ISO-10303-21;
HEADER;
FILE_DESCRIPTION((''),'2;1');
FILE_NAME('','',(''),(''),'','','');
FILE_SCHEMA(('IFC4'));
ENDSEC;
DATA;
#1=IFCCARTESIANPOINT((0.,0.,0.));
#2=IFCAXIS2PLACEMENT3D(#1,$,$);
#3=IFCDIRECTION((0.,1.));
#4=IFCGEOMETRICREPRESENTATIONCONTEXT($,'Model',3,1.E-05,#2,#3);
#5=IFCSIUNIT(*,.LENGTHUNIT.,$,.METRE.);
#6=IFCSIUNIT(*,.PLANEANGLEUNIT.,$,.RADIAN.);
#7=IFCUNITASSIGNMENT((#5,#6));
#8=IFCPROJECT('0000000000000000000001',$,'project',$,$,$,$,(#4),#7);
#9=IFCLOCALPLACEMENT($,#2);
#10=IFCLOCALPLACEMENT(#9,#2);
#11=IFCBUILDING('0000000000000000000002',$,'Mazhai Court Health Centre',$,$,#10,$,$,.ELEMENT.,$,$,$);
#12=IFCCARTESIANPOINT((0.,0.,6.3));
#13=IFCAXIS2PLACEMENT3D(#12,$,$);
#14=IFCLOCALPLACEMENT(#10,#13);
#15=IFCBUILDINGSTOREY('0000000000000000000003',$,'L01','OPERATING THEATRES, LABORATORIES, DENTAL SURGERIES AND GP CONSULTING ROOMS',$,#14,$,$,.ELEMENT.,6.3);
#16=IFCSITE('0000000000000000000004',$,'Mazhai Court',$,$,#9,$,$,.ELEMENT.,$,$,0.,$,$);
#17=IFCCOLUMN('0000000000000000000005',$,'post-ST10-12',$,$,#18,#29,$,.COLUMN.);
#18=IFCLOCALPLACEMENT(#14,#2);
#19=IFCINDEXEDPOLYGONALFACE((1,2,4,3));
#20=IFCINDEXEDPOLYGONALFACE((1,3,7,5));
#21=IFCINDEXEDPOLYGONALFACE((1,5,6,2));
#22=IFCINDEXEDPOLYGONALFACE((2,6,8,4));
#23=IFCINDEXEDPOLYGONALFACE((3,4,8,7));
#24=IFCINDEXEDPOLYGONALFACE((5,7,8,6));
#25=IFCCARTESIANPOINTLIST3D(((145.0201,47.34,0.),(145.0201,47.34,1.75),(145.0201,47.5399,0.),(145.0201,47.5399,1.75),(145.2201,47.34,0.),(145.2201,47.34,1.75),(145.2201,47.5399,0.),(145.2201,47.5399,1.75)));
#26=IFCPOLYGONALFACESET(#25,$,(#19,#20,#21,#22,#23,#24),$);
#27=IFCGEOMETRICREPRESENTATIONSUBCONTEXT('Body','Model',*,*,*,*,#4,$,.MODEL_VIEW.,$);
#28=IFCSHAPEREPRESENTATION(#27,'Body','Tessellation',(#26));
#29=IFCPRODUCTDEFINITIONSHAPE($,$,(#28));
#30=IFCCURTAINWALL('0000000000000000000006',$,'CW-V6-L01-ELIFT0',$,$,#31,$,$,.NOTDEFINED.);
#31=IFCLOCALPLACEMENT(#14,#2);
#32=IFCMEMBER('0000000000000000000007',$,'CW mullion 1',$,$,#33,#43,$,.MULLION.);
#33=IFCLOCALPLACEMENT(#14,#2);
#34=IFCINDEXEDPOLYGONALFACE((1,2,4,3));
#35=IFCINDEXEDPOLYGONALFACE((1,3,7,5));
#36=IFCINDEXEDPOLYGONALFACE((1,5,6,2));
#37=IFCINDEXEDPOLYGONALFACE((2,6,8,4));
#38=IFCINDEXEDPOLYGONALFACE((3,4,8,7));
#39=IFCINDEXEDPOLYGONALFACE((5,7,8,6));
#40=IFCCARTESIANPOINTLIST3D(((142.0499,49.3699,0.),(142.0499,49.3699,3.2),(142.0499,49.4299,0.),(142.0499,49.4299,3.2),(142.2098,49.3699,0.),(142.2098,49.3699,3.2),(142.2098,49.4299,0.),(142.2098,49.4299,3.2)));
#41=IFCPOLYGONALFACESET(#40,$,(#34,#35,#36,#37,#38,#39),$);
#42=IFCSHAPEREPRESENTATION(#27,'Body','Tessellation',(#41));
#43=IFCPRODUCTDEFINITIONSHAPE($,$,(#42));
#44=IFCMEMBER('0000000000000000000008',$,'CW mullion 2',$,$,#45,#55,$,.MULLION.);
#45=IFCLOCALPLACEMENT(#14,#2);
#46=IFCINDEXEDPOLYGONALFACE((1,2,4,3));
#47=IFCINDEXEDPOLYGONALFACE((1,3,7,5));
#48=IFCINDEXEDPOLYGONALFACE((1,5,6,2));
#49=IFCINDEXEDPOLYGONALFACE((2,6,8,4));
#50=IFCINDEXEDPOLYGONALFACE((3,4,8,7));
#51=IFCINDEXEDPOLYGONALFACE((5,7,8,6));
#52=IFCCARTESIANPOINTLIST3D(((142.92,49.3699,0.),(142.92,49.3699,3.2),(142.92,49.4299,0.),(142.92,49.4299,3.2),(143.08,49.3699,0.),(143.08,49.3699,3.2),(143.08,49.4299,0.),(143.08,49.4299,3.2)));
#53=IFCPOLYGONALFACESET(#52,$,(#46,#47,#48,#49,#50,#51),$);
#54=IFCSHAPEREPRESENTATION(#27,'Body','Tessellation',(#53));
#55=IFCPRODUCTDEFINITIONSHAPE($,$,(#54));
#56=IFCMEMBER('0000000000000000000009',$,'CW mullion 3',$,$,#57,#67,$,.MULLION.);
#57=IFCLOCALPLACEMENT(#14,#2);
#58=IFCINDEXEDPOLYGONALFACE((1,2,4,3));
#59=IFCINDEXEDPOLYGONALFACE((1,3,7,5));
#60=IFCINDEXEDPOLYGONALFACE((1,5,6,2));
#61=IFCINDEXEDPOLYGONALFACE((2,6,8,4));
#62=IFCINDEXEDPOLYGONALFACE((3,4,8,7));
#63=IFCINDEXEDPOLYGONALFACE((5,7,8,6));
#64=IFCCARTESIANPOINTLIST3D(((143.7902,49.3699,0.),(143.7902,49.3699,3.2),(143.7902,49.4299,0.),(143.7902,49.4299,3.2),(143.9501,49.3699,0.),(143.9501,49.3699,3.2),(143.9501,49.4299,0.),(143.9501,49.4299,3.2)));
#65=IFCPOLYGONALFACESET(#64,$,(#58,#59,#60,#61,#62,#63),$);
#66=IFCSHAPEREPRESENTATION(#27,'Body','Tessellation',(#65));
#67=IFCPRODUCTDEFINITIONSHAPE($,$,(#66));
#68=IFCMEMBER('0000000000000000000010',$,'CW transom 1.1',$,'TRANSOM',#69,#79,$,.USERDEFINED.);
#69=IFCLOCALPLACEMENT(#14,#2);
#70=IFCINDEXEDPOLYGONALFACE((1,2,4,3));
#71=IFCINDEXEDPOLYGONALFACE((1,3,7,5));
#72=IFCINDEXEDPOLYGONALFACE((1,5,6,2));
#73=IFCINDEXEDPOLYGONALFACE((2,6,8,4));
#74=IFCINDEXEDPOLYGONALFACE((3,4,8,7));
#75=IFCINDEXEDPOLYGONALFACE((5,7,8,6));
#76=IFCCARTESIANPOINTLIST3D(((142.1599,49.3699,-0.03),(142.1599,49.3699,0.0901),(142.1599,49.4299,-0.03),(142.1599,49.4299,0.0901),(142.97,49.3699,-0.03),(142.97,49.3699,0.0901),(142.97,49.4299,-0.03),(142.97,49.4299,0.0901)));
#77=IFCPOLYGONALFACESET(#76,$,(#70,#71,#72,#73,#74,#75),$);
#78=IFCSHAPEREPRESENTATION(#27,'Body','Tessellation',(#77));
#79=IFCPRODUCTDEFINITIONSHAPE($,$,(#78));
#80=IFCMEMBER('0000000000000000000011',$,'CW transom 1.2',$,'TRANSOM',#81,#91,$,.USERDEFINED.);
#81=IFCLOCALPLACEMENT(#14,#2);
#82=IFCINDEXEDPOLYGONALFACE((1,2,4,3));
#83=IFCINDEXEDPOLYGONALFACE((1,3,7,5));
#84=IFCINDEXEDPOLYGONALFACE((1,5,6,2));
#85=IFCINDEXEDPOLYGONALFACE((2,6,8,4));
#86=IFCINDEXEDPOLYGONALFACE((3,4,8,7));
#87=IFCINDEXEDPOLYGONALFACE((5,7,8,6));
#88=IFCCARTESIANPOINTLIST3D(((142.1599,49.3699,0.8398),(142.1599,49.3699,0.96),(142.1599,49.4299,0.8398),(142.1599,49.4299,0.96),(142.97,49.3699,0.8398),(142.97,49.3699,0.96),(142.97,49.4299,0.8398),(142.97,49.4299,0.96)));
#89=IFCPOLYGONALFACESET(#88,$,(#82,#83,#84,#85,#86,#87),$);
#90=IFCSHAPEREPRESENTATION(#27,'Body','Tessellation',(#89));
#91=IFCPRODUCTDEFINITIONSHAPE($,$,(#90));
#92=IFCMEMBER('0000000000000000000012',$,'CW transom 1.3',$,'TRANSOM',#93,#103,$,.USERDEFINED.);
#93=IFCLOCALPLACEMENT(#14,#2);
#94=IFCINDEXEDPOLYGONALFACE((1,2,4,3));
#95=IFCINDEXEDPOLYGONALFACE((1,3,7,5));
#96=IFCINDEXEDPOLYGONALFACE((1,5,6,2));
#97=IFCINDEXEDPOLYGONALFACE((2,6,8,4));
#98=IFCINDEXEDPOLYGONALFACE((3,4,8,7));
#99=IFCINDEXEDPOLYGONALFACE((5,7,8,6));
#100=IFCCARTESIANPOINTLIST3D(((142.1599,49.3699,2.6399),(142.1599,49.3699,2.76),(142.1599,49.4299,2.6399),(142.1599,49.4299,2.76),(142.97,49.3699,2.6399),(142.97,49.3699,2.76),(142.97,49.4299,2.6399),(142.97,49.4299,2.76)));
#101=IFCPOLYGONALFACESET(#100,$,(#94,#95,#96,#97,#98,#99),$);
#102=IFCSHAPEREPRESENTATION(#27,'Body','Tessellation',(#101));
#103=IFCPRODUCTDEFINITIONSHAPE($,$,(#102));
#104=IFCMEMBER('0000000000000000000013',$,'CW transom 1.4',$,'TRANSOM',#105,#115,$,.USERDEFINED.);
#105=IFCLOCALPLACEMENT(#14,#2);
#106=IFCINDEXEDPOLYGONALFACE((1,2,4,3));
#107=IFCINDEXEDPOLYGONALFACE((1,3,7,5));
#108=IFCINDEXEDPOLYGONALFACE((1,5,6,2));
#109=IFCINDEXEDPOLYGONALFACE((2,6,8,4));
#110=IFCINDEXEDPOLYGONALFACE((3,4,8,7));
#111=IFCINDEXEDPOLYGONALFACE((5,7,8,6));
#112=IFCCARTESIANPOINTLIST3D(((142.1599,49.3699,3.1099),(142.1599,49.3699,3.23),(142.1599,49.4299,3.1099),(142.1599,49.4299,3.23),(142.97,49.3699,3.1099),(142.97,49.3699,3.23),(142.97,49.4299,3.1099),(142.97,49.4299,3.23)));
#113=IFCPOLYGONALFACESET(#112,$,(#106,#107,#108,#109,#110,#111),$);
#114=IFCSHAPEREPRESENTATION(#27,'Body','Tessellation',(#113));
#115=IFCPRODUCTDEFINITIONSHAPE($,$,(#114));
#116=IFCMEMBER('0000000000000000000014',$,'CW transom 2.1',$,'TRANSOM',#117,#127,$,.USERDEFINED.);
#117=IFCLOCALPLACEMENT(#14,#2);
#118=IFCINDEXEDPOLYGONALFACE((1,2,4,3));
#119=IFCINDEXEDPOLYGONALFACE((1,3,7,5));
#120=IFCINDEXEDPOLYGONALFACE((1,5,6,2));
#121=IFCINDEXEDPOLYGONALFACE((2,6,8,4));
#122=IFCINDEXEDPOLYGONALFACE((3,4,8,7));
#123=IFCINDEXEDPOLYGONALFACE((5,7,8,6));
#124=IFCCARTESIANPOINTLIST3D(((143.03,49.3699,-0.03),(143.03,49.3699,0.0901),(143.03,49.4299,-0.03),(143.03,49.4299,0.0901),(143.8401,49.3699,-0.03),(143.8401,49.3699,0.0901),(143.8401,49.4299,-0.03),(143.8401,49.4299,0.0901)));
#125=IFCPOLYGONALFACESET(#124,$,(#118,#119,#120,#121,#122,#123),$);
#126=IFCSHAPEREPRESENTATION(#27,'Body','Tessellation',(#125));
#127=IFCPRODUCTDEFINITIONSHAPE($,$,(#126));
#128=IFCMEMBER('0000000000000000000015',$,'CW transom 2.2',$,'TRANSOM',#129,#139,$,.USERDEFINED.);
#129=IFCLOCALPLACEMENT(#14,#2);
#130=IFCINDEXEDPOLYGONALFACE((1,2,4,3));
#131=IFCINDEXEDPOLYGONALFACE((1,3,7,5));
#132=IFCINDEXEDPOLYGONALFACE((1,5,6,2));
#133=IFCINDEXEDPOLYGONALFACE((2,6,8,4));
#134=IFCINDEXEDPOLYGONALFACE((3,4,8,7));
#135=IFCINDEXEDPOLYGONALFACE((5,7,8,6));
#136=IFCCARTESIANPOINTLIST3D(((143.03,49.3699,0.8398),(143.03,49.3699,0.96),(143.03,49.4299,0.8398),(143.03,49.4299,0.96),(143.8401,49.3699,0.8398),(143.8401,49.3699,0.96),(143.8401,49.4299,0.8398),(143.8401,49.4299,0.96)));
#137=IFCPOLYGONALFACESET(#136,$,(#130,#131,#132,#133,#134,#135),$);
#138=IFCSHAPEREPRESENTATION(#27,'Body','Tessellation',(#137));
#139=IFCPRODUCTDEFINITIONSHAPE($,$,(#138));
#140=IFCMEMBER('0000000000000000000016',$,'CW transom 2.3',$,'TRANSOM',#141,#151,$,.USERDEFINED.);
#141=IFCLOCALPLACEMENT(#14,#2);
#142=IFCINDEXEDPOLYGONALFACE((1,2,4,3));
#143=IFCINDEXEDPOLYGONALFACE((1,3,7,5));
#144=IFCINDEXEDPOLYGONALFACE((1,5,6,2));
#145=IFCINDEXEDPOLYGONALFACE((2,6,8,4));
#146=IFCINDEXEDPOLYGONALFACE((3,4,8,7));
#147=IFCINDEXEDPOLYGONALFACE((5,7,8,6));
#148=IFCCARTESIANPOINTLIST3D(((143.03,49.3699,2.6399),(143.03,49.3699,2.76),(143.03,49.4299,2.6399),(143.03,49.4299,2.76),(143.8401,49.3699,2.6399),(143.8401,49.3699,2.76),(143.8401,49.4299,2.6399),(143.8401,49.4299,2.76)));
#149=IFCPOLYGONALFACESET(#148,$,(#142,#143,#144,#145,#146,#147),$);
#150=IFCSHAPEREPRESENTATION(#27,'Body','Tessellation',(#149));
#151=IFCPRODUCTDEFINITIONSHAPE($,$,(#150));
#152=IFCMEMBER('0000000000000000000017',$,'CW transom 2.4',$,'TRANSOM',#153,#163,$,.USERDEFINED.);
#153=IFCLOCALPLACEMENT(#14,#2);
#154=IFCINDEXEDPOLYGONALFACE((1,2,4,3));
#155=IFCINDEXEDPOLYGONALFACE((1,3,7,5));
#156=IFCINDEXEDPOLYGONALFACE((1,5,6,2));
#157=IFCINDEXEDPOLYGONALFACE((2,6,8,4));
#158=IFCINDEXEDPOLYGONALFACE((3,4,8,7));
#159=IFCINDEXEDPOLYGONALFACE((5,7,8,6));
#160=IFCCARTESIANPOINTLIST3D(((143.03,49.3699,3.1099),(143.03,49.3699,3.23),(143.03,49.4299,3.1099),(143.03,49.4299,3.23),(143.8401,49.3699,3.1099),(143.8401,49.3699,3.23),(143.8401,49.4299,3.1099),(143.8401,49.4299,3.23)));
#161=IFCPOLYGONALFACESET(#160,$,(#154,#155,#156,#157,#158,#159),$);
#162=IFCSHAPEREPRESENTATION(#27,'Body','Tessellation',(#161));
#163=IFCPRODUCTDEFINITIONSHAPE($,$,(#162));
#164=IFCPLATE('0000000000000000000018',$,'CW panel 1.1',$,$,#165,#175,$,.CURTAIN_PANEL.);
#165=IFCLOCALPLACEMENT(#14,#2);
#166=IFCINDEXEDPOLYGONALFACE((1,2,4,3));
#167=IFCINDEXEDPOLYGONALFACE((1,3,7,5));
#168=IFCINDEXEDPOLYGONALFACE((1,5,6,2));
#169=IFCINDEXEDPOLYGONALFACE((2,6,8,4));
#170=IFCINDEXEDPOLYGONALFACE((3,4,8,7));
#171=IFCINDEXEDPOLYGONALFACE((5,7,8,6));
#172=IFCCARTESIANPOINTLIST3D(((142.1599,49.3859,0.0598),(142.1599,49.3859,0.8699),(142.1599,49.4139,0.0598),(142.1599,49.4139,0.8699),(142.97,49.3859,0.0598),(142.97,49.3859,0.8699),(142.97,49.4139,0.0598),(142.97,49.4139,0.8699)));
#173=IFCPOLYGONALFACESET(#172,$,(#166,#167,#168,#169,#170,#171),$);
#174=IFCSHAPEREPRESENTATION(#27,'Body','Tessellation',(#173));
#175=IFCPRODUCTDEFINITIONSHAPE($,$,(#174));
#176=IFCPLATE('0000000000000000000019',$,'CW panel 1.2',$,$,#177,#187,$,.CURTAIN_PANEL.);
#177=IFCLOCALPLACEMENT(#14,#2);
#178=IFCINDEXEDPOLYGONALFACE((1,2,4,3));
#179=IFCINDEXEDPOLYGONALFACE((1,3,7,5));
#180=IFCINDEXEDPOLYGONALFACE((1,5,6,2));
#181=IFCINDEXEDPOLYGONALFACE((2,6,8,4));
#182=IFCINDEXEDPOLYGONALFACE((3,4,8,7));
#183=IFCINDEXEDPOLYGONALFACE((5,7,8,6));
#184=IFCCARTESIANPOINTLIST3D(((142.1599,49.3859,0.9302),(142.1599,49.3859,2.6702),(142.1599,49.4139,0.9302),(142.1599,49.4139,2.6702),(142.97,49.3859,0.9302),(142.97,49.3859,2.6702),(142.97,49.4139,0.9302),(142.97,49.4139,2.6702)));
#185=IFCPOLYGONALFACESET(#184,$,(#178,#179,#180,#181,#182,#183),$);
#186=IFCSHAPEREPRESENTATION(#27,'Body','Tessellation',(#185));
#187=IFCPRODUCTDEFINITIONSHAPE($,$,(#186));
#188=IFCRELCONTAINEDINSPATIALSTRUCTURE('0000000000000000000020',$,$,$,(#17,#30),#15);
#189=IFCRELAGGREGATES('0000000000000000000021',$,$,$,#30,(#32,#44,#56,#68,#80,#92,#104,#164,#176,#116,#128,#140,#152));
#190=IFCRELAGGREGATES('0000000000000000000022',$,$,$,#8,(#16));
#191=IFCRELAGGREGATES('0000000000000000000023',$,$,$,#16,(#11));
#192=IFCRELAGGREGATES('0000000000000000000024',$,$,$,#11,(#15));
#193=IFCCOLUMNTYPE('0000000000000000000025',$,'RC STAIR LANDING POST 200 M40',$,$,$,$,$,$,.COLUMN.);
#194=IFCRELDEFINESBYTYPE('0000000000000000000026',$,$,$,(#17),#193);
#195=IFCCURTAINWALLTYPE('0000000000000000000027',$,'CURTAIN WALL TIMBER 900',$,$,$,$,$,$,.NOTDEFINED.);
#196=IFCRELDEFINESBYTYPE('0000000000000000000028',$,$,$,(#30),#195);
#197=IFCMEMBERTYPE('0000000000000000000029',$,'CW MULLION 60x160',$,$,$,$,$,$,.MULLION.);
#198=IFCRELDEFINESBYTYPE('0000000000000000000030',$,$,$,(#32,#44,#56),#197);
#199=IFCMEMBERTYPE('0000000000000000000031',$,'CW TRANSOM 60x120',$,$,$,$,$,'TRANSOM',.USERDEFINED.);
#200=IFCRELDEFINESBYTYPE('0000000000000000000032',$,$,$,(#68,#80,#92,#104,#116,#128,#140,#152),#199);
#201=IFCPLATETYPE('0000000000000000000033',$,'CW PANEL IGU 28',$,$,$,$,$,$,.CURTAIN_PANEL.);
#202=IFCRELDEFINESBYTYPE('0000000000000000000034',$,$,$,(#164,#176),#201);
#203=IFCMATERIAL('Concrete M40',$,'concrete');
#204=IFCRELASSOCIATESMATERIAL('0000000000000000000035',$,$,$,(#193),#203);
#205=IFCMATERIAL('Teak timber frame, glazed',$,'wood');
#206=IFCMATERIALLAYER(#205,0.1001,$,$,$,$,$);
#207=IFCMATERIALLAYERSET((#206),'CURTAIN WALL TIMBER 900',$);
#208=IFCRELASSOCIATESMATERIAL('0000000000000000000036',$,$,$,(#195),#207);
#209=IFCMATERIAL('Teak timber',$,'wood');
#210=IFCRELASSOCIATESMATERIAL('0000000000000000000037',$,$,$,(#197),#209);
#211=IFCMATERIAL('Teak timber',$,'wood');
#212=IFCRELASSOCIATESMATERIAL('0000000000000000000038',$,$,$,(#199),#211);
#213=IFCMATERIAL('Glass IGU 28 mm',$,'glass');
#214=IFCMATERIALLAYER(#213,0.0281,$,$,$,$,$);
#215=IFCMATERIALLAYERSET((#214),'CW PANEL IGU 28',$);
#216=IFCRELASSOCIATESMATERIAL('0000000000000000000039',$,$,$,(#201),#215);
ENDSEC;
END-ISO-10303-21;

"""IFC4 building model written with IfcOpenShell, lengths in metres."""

from ifc_helpers import new_model, si_unit, direction, frame, origin, origin_2d, place, context, subcontext, project, spatial, rectangle, extrude, material, layer, layer_set, material_profile, profile_set, type_object, element, aggregate, save


model = new_model("IFC4")

# Units and contexts
model_context = context("Model", 3, precision=1e-05, world=origin(), true_north=direction((0.0, 1.0)))
body_context = subcontext(model_context, "Body", "Model", "MODEL_VIEW")
ifc_project = project(units=[si_unit("LENGTHUNIT", "METRE"), si_unit("PLANEANGLEUNIT", "RADIAN")], contexts=[model_context])

# Site, building, storey
site_placement = place(None, origin())
site = spatial("IfcSite", under=ifc_project, at=site_placement, Name="Mazhai Court", CompositionType="ELEMENT", RefElevation=0.0)
building_placement = place(site_placement, origin())
building = spatial("IfcBuilding", under=site, at=building_placement, Name="Mazhai Court Health Centre", CompositionType="ELEMENT")
storey_placement = place(building_placement, frame((0.0, 0.0, 6.3)))
storey = spatial("IfcBuildingStorey", under=building, at=storey_placement, Name="L01", Description="OPERATING THEATRES, LABORATORIES, DENTAL SURGERIES AND GP CONSULTING ROOMS", CompositionType="ELEMENT", Elevation=6.3)

# Column
ifc_material_1 = material(Name="Concrete M40", Category="concrete")
ifc_material_profile_1 = material_profile(ifc_material_1, rectangle(XDim=0.2, YDim=0.2, at=origin_2d()), Name="RC 200x200")
ifc_profile_set_1 = profile_set([ifc_material_profile_1], Name="Concrete M40")
column_type = type_object("IfcColumnType", Name="RC STAIR LANDING POST 200 M40", PredefinedType="COLUMN", material=ifc_profile_set_1)
column_placement = place(storey_placement, frame((145.1201, 47.4399, 0.0), z_axis=(0.0, 0.0, 1.0), x_axis=(1.0, 0.0, 0.0)))
element("IfcColumn", 1, at=column_placement, inside=storey, type_object=column_type, Name="post-ST10-12", PredefinedType="COLUMN", context=body_context, shape_type="SweptSolid", body=[
    extrude(rectangle(XDim=0.2, YDim=0.2, at=origin_2d()), origin(), (0.0, 0.0, 1.0), 1.75),
])

# Curtain wall, members, plates
ifc_material_2 = material(Name="Teak timber frame, glazed", Category="wood")
ifc_layer_1 = layer(ifc_material_2, 0.1001)
ifc_layer_set_1 = layer_set([ifc_layer_1], Name="CURTAIN WALL TIMBER 900")
curtain_wall_type = type_object("IfcCurtainWallType", Name="CURTAIN WALL TIMBER 900", PredefinedType="NOTDEFINED", material=ifc_layer_set_1)
curtain_wall_placement = place(storey_placement, origin())
curtain_wall = element("IfcCurtainWall", 2, at=curtain_wall_placement, inside=storey, type_object=curtain_wall_type, Name="CW-V6-L01-ELIFT0", PredefinedType="NOTDEFINED")
ifc_material_3 = material(Name="Teak timber", Category="wood")
ifc_material_profile_2 = material_profile(ifc_material_3, rectangle(XDim=0.0601, YDim=0.1599, at=origin_2d()), Name="CW MULLION 60x160")
ifc_profile_set_2 = profile_set([ifc_material_profile_2], Name="Teak timber")
member_type_1 = type_object("IfcMemberType", Name="CW MULLION 60x160", PredefinedType="MULLION", material=ifc_profile_set_2)
member_1_placement = place(storey_placement, frame((142.1299, 49.3999, 0.0), z_axis=(0.0, 0.0, 1.0), x_axis=(0.0, 1.0, 0.0)))
member_1 = element("IfcMember", 3, at=member_1_placement, type_object=member_type_1, Name="CW mullion 1", PredefinedType="MULLION", context=body_context, shape_type="SweptSolid", body=[
    extrude(rectangle(XDim=0.0601, YDim=0.1599, at=origin_2d()), origin(), (0.0, 0.0, 1.0), 3.2),
])
member_2_placement = place(storey_placement, frame((143.0, 49.3999, 0.0), z_axis=(0.0, 0.0, 1.0), x_axis=(0.0, 1.0, 0.0)))
member_2 = element("IfcMember", 4, at=member_2_placement, type_object=member_type_1, Name="CW mullion 2", PredefinedType="MULLION", context=body_context, shape_type="SweptSolid", body=[
    extrude(rectangle(XDim=0.0601, YDim=0.1599, at=origin_2d()), origin(), (0.0, 0.0, 1.0), 3.2),
])
member_3_placement = place(storey_placement, frame((143.8701, 49.3999, 0.0), z_axis=(0.0, 0.0, 1.0), x_axis=(0.0, 1.0, 0.0)))
member_3 = element("IfcMember", 5, at=member_3_placement, type_object=member_type_1, Name="CW mullion 3", PredefinedType="MULLION", context=body_context, shape_type="SweptSolid", body=[
    extrude(rectangle(XDim=0.0601, YDim=0.1599, at=origin_2d()), origin(), (0.0, 0.0, 1.0), 3.2),
])
ifc_material_4 = material(Name="Teak timber", Category="wood")
ifc_material_profile_3 = material_profile(ifc_material_4, rectangle(XDim=0.0601, YDim=0.1201, at=origin_2d()), Name="CW TRANSOM 60x120")
ifc_profile_set_3 = profile_set([ifc_material_profile_3], Name="Teak timber")
member_type_2 = type_object("IfcMemberType", Name="CW TRANSOM 60x120", ElementType="TRANSOM", PredefinedType="USERDEFINED", material=ifc_profile_set_3)
member_4_placement = place(storey_placement, frame((142.1599, 49.3999, 0.03), z_axis=(1.0, 0.0, 0.0), x_axis=(0.0, 1.0, 0.0)))
member_4 = element("IfcMember", 6, at=member_4_placement, type_object=member_type_2, Name="CW transom 1.1", ObjectType="TRANSOM", PredefinedType="USERDEFINED", context=body_context, shape_type="SweptSolid", body=[
    extrude(rectangle(XDim=0.0601, YDim=0.1201, at=origin_2d()), origin(), (0.0, 0.0, 1.0), 0.8101),
])
member_5_placement = place(storey_placement, frame((142.1599, 49.3999, 0.8999), z_axis=(1.0, 0.0, 0.0), x_axis=(0.0, 1.0, 0.0)))
member_5 = element("IfcMember", 7, at=member_5_placement, type_object=member_type_2, Name="CW transom 1.2", ObjectType="TRANSOM", PredefinedType="USERDEFINED", context=body_context, shape_type="SweptSolid", body=[
    extrude(rectangle(XDim=0.0601, YDim=0.1201, at=origin_2d()), origin(), (0.0, 0.0, 1.0), 0.8101),
])
member_6_placement = place(storey_placement, frame((142.1599, 49.3999, 2.7), z_axis=(1.0, 0.0, 0.0), x_axis=(0.0, 1.0, 0.0)))
member_6 = element("IfcMember", 8, at=member_6_placement, type_object=member_type_2, Name="CW transom 1.3", ObjectType="TRANSOM", PredefinedType="USERDEFINED", context=body_context, shape_type="SweptSolid", body=[
    extrude(rectangle(XDim=0.0601, YDim=0.1201, at=origin_2d()), origin(), (0.0, 0.0, 1.0), 0.8101),
])
member_7_placement = place(storey_placement, frame((142.1599, 49.3999, 3.1699), z_axis=(1.0, 0.0, 0.0), x_axis=(0.0, 1.0, 0.0)))
member_7 = element("IfcMember", 9, at=member_7_placement, type_object=member_type_2, Name="CW transom 1.4", ObjectType="TRANSOM", PredefinedType="USERDEFINED", context=body_context, shape_type="SweptSolid", body=[
    extrude(rectangle(XDim=0.0601, YDim=0.1201, at=origin_2d()), origin(), (0.0, 0.0, 1.0), 0.8101),
])
member_8_placement = place(storey_placement, frame((143.03, 49.3999, 0.03), z_axis=(1.0, 0.0, 0.0), x_axis=(0.0, 1.0, 0.0)))
member_8 = element("IfcMember", 10, at=member_8_placement, type_object=member_type_2, Name="CW transom 2.1", ObjectType="TRANSOM", PredefinedType="USERDEFINED", context=body_context, shape_type="SweptSolid", body=[
    extrude(rectangle(XDim=0.0601, YDim=0.1201, at=origin_2d()), origin(), (0.0, 0.0, 1.0), 0.8101),
])
member_9_placement = place(storey_placement, frame((143.03, 49.3999, 0.8999), z_axis=(1.0, 0.0, 0.0), x_axis=(0.0, 1.0, 0.0)))
member_9 = element("IfcMember", 11, at=member_9_placement, type_object=member_type_2, Name="CW transom 2.2", ObjectType="TRANSOM", PredefinedType="USERDEFINED", context=body_context, shape_type="SweptSolid", body=[
    extrude(rectangle(XDim=0.0601, YDim=0.1201, at=origin_2d()), origin(), (0.0, 0.0, 1.0), 0.8101),
])
member_10_placement = place(storey_placement, frame((143.03, 49.3999, 2.7), z_axis=(1.0, 0.0, 0.0), x_axis=(0.0, 1.0, 0.0)))
member_10 = element("IfcMember", 12, at=member_10_placement, type_object=member_type_2, Name="CW transom 2.3", ObjectType="TRANSOM", PredefinedType="USERDEFINED", context=body_context, shape_type="SweptSolid", body=[
    extrude(rectangle(XDim=0.0601, YDim=0.1201, at=origin_2d()), origin(), (0.0, 0.0, 1.0), 0.8101),
])
member_11_placement = place(storey_placement, frame((143.03, 49.3999, 3.1699), z_axis=(1.0, 0.0, 0.0), x_axis=(0.0, 1.0, 0.0)))
member_11 = element("IfcMember", 13, at=member_11_placement, type_object=member_type_2, Name="CW transom 2.4", ObjectType="TRANSOM", PredefinedType="USERDEFINED", context=body_context, shape_type="SweptSolid", body=[
    extrude(rectangle(XDim=0.0601, YDim=0.1201, at=origin_2d()), origin(), (0.0, 0.0, 1.0), 0.8101),
])
ifc_material_5 = material(Name="Glass IGU 28 mm", Category="glass")
ifc_layer_2 = layer(ifc_material_5, 0.0281)
ifc_layer_set_2 = layer_set([ifc_layer_2], Name="CW PANEL IGU 28")
plate_type = type_object("IfcPlateType", Name="CW PANEL IGU 28", PredefinedType="CURTAIN_PANEL", material=ifc_layer_set_2)
plate_1_placement = place(storey_placement, frame((142.5649, 49.3999, 0.0598), z_axis=(0.0, 0.0, 1.0), x_axis=(1.0, 0.0, 0.0)))
plate_1 = element("IfcPlate", 14, at=plate_1_placement, type_object=plate_type, Name="CW panel 1.1", PredefinedType="CURTAIN_PANEL", context=body_context, shape_type="SweptSolid", body=[
    extrude(rectangle(XDim=0.8101, YDim=0.0281, at=origin_2d()), origin(), (0.0, 0.0, 1.0), 0.8101),
])
plate_2_placement = place(storey_placement, frame((142.5649, 49.3999, 0.9302), z_axis=(0.0, 0.0, 1.0), x_axis=(1.0, 0.0, 0.0)))
plate_2 = element("IfcPlate", 15, at=plate_2_placement, type_object=plate_type, Name="CW panel 1.2", PredefinedType="CURTAIN_PANEL", context=body_context, shape_type="SweptSolid", body=[
    extrude(rectangle(XDim=0.8101, YDim=0.0281, at=origin_2d()), origin(), (0.0, 0.0, 1.0), 1.74),
])
aggregate(curtain_wall, [member_1, member_2, member_3, member_4, member_5, member_6, member_7, plate_1, plate_2, member_8, member_9, member_10, member_11])

save(model, "model.ifc")
